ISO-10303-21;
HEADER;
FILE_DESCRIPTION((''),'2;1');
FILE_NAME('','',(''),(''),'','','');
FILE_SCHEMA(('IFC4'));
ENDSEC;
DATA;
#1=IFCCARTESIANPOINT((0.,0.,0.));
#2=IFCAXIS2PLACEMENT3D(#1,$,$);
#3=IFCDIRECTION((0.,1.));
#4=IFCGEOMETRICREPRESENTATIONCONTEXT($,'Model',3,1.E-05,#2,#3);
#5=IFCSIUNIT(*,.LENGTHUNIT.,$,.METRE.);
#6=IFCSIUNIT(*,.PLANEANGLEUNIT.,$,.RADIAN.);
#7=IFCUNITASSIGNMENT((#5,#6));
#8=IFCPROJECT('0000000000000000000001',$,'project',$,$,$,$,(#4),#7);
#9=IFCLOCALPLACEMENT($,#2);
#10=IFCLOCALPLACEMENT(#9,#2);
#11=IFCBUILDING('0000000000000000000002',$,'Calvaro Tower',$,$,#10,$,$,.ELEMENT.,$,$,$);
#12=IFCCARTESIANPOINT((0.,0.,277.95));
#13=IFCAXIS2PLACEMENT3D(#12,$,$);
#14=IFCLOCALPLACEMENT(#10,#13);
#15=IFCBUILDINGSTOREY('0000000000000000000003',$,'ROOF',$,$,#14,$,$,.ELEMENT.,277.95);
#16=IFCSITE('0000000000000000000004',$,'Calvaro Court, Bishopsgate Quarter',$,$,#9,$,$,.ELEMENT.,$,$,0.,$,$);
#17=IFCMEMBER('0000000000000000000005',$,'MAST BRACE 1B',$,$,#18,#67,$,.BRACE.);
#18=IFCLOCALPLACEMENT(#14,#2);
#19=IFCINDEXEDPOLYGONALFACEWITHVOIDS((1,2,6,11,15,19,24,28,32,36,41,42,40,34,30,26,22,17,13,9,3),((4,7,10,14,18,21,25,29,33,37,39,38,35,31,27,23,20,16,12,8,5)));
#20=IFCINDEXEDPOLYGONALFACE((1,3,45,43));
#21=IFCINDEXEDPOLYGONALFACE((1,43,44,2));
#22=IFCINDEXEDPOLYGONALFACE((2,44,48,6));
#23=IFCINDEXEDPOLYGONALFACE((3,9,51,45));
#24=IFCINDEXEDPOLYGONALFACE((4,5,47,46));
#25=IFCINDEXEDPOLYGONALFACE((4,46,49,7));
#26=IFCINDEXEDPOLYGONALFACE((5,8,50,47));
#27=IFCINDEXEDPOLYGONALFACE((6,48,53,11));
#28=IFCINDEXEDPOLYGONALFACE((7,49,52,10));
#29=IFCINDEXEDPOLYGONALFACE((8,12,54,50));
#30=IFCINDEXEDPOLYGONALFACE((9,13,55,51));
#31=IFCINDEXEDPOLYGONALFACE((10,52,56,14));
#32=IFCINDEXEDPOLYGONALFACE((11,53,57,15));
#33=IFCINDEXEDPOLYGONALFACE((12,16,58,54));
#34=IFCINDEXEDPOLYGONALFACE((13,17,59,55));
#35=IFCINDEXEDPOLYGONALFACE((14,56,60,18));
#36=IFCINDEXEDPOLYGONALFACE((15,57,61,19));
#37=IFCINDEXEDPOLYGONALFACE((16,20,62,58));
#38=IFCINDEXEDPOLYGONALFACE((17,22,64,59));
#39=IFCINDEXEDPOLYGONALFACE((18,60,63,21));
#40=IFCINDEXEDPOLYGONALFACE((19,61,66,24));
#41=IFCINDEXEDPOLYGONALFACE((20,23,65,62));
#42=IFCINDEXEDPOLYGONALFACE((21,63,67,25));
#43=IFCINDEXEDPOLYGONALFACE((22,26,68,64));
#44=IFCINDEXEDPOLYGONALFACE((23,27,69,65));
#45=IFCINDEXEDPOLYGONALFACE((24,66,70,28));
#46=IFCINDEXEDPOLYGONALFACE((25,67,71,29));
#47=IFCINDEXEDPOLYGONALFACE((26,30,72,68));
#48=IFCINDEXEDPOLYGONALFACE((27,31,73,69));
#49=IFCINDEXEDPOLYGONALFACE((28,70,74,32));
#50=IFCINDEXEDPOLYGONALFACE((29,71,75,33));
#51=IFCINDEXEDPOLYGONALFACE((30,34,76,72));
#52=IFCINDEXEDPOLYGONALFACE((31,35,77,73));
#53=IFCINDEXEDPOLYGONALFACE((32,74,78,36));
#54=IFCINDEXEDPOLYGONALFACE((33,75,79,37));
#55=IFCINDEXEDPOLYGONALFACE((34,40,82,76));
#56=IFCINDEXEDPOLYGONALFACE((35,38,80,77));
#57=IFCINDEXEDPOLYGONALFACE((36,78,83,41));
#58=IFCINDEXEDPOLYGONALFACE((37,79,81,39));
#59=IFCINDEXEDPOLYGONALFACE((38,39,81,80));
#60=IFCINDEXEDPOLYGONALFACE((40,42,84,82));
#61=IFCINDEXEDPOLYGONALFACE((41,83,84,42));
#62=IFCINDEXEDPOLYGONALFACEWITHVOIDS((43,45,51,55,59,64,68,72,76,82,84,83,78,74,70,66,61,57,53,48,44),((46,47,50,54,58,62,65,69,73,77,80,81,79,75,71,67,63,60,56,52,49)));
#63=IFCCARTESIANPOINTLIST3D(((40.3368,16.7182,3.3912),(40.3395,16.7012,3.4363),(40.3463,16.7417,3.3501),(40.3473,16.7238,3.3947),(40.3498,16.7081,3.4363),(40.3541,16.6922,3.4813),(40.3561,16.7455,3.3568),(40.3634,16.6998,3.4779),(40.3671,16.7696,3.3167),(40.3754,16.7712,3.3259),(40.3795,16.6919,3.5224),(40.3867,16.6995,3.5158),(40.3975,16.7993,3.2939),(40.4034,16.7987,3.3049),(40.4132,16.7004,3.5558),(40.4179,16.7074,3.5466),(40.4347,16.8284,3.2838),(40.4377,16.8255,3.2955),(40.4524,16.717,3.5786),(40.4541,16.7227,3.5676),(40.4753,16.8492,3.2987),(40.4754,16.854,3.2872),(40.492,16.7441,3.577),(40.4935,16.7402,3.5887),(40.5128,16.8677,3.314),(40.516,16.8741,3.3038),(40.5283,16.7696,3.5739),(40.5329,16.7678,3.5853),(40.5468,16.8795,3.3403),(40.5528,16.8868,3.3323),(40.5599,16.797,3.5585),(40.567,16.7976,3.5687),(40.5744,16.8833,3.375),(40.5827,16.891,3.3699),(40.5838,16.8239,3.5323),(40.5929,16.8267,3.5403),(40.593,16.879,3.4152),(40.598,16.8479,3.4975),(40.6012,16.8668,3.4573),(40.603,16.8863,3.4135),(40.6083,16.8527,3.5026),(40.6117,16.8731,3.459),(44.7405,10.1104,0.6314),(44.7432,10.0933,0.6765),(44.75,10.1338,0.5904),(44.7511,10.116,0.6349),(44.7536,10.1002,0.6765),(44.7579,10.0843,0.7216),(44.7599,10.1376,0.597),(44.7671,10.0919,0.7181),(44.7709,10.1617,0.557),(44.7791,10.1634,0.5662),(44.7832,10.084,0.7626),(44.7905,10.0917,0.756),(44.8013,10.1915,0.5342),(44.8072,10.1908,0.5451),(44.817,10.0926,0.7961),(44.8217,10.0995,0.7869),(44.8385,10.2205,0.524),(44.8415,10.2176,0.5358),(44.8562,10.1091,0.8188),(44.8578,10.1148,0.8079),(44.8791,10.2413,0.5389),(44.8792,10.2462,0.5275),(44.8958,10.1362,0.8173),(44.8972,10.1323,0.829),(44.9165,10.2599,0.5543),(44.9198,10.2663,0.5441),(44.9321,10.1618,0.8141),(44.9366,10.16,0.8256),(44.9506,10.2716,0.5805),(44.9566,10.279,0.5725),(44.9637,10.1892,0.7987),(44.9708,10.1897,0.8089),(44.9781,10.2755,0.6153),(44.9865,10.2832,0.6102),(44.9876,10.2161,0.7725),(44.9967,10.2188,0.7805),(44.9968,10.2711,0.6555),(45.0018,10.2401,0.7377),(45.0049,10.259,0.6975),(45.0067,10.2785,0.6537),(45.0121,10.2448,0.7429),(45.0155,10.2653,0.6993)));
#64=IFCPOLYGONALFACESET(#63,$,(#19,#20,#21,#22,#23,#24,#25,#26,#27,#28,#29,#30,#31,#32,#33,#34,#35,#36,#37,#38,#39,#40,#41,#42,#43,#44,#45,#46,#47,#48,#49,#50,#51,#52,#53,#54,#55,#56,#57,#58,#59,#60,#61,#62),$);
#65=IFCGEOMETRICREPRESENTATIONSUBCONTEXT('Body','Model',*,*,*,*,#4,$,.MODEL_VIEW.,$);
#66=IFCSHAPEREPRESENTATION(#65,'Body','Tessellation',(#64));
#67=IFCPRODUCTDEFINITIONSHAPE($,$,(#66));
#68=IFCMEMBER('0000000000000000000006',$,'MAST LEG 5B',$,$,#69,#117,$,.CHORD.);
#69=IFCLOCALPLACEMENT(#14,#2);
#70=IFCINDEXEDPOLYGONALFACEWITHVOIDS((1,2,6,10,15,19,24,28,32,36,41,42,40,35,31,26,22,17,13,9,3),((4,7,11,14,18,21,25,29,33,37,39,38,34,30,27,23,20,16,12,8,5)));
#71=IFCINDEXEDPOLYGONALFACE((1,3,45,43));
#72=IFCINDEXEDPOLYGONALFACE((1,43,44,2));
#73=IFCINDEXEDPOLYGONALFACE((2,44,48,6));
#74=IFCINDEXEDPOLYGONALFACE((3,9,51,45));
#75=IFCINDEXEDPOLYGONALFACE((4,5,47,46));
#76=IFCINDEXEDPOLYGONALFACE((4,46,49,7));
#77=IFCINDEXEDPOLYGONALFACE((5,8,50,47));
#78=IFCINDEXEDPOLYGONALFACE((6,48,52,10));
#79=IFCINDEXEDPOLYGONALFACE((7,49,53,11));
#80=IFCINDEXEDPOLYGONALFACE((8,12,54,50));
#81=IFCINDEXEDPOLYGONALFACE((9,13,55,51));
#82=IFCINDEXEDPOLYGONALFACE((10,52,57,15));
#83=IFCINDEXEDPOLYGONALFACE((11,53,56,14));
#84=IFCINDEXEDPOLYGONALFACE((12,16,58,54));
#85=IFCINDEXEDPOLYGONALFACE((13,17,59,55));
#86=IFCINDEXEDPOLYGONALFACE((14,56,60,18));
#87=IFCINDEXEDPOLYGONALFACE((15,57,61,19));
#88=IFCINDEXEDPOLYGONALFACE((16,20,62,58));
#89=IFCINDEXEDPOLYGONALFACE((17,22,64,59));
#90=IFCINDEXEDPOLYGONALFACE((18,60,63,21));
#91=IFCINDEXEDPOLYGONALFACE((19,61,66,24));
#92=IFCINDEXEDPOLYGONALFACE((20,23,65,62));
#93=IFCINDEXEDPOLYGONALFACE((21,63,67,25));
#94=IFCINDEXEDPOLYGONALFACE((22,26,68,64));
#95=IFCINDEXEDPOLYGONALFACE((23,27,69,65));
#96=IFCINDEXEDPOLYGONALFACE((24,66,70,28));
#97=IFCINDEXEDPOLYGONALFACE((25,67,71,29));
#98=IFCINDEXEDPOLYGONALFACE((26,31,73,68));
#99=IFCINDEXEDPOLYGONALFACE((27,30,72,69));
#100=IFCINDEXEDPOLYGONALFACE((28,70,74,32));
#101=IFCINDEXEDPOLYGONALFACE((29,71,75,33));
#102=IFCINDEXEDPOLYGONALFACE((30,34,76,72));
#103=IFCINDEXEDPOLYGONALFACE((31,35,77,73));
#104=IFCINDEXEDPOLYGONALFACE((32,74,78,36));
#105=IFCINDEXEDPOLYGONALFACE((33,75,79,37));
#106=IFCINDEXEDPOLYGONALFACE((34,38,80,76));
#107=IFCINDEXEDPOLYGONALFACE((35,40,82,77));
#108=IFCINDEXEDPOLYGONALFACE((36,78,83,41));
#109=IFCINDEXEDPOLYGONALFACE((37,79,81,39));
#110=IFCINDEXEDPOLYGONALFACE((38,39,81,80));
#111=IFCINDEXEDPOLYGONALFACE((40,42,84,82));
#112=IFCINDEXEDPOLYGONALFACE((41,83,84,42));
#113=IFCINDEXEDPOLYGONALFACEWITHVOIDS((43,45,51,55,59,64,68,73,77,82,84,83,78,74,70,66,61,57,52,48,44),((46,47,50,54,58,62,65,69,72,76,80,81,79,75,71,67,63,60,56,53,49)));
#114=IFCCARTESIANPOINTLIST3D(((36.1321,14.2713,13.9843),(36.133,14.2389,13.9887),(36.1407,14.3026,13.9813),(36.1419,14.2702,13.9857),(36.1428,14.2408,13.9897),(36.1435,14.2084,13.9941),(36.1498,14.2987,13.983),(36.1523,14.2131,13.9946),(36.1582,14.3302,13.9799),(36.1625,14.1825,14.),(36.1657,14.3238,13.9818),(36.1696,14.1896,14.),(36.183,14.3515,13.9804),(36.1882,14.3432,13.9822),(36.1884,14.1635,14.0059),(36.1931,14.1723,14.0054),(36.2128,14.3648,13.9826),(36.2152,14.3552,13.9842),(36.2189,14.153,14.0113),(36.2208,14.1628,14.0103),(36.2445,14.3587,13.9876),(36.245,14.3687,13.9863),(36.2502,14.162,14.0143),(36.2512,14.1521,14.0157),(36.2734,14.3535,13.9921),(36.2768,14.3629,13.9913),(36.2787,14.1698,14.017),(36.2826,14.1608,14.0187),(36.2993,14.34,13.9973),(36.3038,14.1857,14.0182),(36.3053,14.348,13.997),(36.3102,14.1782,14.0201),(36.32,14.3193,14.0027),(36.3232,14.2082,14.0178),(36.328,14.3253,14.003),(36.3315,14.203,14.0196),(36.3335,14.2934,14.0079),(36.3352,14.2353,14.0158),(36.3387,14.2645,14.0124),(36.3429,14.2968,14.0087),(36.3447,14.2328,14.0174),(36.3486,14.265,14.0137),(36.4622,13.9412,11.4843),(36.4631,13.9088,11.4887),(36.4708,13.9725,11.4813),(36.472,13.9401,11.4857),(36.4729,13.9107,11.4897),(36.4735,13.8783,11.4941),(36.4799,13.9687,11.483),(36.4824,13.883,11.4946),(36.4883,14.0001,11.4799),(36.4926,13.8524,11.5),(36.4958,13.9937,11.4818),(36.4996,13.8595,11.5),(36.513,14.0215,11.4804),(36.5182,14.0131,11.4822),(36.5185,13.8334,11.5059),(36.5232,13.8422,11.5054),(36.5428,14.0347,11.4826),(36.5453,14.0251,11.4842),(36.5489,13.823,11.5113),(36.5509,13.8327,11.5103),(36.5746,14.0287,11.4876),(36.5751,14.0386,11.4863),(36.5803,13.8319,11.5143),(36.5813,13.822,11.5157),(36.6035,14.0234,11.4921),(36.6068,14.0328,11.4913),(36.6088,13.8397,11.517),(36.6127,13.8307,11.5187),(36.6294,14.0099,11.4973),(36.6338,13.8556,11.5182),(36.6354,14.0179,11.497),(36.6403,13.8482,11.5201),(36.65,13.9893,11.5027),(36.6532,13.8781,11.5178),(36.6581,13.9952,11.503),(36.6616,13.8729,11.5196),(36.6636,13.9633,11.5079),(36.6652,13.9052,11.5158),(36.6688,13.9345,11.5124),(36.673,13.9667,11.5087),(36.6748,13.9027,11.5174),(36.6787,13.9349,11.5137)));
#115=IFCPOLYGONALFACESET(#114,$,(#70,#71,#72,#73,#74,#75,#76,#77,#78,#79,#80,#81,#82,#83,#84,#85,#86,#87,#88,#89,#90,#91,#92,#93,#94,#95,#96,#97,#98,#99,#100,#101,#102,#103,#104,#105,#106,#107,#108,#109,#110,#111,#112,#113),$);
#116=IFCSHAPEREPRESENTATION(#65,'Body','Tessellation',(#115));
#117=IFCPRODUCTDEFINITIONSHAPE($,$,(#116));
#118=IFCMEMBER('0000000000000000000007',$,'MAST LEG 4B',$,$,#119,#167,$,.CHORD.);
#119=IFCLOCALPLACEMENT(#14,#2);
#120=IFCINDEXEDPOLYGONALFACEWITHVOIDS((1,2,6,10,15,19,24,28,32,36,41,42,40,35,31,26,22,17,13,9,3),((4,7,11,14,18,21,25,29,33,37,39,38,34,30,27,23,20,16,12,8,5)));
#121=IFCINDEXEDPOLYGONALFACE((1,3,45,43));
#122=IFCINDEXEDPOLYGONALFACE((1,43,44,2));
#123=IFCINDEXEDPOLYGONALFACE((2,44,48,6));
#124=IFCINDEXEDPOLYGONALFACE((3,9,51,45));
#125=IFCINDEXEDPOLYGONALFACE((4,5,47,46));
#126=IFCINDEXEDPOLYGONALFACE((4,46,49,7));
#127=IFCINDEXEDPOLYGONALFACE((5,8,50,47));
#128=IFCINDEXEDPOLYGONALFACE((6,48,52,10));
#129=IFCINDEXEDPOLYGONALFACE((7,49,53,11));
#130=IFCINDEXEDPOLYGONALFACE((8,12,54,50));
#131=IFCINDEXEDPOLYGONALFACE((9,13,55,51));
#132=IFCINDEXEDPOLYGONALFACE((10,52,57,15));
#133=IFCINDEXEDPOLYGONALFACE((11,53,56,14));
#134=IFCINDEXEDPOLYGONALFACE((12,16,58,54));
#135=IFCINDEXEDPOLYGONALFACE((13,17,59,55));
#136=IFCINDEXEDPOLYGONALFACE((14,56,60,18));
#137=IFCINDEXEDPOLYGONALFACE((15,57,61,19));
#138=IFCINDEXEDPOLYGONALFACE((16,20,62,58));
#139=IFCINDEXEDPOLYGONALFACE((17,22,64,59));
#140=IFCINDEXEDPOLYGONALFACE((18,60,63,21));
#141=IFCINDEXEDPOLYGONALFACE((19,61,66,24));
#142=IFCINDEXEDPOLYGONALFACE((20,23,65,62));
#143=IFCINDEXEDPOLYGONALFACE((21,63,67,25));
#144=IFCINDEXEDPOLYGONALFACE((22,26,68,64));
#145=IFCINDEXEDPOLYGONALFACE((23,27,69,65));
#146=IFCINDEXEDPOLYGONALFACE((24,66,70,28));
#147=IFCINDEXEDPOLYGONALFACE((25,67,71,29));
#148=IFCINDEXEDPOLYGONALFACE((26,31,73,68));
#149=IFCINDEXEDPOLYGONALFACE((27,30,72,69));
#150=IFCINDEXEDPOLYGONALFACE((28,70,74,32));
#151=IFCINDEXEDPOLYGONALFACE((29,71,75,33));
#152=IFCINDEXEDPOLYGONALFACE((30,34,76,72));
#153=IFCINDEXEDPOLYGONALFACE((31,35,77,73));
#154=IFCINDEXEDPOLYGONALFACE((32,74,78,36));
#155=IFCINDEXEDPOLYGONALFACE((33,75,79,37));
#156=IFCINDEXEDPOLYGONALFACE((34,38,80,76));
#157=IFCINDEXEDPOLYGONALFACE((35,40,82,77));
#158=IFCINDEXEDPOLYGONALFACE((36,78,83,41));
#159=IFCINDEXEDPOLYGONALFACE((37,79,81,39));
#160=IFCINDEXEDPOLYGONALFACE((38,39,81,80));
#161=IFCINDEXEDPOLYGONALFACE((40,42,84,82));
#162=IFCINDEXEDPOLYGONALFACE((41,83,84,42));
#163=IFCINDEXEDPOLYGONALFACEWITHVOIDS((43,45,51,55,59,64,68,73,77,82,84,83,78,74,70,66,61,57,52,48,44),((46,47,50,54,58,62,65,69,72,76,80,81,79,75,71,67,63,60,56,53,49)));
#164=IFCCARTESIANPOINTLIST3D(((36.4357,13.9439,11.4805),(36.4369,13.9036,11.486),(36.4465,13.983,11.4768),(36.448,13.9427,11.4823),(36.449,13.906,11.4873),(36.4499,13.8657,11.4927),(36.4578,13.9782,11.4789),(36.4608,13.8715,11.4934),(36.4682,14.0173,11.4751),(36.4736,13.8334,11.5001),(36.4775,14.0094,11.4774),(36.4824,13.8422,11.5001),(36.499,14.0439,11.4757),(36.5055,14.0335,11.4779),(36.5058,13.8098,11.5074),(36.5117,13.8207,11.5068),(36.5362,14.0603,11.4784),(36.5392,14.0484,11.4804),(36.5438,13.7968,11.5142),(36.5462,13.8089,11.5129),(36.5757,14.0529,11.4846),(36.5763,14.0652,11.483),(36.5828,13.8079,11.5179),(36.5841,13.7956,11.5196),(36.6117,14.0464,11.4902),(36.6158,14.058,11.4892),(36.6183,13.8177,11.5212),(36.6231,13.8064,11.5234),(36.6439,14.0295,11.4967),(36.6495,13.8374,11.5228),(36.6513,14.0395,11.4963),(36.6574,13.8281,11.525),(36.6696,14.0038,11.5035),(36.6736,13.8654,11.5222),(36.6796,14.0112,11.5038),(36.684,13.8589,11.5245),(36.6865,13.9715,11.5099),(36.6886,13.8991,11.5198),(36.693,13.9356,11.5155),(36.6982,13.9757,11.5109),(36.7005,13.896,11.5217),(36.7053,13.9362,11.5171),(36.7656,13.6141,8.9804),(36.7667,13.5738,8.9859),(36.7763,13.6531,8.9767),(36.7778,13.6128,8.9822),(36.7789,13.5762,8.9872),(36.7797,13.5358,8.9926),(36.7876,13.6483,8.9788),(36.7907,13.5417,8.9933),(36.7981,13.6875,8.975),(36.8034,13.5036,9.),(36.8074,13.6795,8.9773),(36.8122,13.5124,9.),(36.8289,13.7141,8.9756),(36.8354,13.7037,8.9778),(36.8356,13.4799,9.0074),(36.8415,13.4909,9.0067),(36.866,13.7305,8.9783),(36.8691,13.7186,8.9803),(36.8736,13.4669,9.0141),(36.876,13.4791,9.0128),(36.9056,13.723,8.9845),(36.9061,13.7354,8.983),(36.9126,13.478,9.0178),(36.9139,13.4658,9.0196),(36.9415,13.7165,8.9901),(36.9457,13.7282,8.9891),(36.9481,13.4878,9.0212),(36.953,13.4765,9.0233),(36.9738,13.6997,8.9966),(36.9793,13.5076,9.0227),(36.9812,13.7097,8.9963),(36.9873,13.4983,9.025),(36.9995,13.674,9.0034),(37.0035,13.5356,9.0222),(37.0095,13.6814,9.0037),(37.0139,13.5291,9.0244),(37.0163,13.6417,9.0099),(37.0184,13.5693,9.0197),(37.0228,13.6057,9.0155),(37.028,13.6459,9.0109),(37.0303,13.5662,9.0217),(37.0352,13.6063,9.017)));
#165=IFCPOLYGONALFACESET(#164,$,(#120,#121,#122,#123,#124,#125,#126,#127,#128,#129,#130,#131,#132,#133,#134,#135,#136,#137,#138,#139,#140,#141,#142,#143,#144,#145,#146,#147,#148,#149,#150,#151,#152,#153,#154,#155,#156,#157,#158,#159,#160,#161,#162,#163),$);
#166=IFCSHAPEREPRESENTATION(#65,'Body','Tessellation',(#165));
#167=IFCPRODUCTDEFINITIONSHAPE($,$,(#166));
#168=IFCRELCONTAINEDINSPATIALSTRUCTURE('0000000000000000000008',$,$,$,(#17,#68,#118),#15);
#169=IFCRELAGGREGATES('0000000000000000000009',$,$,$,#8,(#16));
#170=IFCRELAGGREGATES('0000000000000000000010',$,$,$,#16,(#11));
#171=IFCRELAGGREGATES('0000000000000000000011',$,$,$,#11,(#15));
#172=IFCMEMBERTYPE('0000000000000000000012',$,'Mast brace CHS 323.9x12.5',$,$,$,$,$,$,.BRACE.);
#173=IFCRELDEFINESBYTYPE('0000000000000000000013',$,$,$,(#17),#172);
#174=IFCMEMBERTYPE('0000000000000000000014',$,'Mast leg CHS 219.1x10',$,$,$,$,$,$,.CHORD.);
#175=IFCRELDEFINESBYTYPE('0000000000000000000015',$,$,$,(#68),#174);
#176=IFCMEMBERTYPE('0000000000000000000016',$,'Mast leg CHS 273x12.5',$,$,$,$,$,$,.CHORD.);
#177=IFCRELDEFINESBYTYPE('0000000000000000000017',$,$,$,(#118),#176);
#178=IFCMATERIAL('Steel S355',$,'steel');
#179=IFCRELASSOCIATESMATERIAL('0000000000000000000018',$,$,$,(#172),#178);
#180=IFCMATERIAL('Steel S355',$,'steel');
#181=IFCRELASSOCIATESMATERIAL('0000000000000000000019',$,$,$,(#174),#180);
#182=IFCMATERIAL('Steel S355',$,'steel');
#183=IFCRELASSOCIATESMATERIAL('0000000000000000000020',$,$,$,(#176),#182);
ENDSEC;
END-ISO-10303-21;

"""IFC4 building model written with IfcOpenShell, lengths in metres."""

from ifc_helpers import new_model, si_unit, direction, frame, origin, origin_2d, place, context, subcontext, project, spatial, hollow_circle, extrude, material, material_profile, profile_set, type_object, element, save


model = new_model("IFC4")

# Units and contexts
model_context = context("Model", 3, precision=1e-05, world=origin(), true_north=direction((0.0, 1.0)))
body_context = subcontext(model_context, "Body", "Model", "MODEL_VIEW")
ifc_project = project(units=[si_unit("LENGTHUNIT", "METRE"), si_unit("PLANEANGLEUNIT", "RADIAN")], contexts=[model_context])

# Site, building, storey
site_placement = place(None, origin())
site = spatial("IfcSite", under=ifc_project, at=site_placement, Name="Calvaro Court, Bishopsgate Quarter", CompositionType="ELEMENT", RefElevation=0.0)
building_placement = place(site_placement, origin())
building = spatial("IfcBuilding", under=site, at=building_placement, Name="Calvaro Tower", CompositionType="ELEMENT")
storey_placement = place(building_placement, frame((0.0, 0.0, 277.95)))
storey = spatial("IfcBuildingStorey", under=building, at=storey_placement, Name="ROOF", CompositionType="ELEMENT", Elevation=277.95)

# Members
ifc_material_1 = material(Name="Steel S355", Category="steel")
ifc_material_profile_1 = material_profile(ifc_material_1, hollow_circle(Radius=0.1619, WallThickness=0.0125, at=origin_2d()), Name="CHS 323.9x12.5")
ifc_profile_set_1 = profile_set([ifc_material_profile_1], Name="Steel S355")
member_type_1 = type_object("IfcMemberType", Name="Mast brace CHS 323.9x12.5", PredefinedType="BRACE", material=ifc_profile_set_1)
member_1_placement = place(storey_placement, frame((44.8779, 10.1831, 0.6765), z_axis=(-0.523839, 0.78602, 0.328278), x_axis=(-0.832135, -0.554572, 0.0)))
element("IfcMember", 1, at=member_1_placement, inside=storey, type_object=member_type_1, Name="MAST BRACE 1B", PredefinedType="BRACE", context=body_context, shape_type="SweptSolid", body=[
    extrude(hollow_circle(Radius=0.1619, WallThickness=0.0125, at=origin_2d()), origin(), (0.0, 0.0, 1.0), 8.4067),
])
ifc_material_2 = material(Name="Steel S355", Category="steel")
ifc_material_profile_2 = material_profile(ifc_material_2, hollow_circle(Radius=0.1096, WallThickness=0.01, at=origin_2d()), Name="CHS 219.1x10")
ifc_profile_set_2 = profile_set([ifc_material_profile_2], Name="Steel S355")
member_type_2 = type_object("IfcMemberType", Name="Mast leg CHS 219.1x10", PredefinedType="CHORD", material=ifc_profile_set_2)
member_2_placement = place(storey_placement, frame((36.5701, 13.9299, 11.5), z_axis=(-0.129788, 0.129788, 0.983011), x_axis=(-0.707107, -0.707107, 0.0)))
element("IfcMember", 2, at=member_2_placement, inside=storey, type_object=member_type_2, Name="MAST LEG 5B", PredefinedType="CHORD", context=body_context, shape_type="SweptSolid", body=[
    extrude(hollow_circle(Radius=0.1096, WallThickness=0.01, at=origin_2d()), origin(), (0.0, 0.0, 1.0), 2.5432),
])
ifc_material_3 = material(Name="Steel S355", Category="steel")
ifc_material_profile_3 = material_profile(ifc_material_3, hollow_circle(Radius=0.1365, WallThickness=0.0125, at=origin_2d()), Name="CHS 273x12.5")
ifc_profile_set_3 = profile_set([ifc_material_profile_3], Name="Steel S355")
member_type_3 = type_object("IfcMemberType", Name="Mast leg CHS 273x12.5", PredefinedType="CHORD", material=ifc_profile_set_3)
member_3_placement = place(storey_placement, frame((36.8999, 13.6001, 9.0), z_axis=(-0.129695, 0.129695, 0.983035), x_axis=(-0.707107, -0.707107, 0.0)))
element("IfcMember", 3, at=member_3_placement, inside=storey, type_object=member_type_3, Name="MAST LEG 4B", PredefinedType="CHORD", context=body_context, shape_type="SweptSolid", body=[
    extrude(hollow_circle(Radius=0.1365, WallThickness=0.0125, at=origin_2d()), origin(), (0.0, 0.0, 1.0), 2.5432),
])

save(model, "model.ifc")
